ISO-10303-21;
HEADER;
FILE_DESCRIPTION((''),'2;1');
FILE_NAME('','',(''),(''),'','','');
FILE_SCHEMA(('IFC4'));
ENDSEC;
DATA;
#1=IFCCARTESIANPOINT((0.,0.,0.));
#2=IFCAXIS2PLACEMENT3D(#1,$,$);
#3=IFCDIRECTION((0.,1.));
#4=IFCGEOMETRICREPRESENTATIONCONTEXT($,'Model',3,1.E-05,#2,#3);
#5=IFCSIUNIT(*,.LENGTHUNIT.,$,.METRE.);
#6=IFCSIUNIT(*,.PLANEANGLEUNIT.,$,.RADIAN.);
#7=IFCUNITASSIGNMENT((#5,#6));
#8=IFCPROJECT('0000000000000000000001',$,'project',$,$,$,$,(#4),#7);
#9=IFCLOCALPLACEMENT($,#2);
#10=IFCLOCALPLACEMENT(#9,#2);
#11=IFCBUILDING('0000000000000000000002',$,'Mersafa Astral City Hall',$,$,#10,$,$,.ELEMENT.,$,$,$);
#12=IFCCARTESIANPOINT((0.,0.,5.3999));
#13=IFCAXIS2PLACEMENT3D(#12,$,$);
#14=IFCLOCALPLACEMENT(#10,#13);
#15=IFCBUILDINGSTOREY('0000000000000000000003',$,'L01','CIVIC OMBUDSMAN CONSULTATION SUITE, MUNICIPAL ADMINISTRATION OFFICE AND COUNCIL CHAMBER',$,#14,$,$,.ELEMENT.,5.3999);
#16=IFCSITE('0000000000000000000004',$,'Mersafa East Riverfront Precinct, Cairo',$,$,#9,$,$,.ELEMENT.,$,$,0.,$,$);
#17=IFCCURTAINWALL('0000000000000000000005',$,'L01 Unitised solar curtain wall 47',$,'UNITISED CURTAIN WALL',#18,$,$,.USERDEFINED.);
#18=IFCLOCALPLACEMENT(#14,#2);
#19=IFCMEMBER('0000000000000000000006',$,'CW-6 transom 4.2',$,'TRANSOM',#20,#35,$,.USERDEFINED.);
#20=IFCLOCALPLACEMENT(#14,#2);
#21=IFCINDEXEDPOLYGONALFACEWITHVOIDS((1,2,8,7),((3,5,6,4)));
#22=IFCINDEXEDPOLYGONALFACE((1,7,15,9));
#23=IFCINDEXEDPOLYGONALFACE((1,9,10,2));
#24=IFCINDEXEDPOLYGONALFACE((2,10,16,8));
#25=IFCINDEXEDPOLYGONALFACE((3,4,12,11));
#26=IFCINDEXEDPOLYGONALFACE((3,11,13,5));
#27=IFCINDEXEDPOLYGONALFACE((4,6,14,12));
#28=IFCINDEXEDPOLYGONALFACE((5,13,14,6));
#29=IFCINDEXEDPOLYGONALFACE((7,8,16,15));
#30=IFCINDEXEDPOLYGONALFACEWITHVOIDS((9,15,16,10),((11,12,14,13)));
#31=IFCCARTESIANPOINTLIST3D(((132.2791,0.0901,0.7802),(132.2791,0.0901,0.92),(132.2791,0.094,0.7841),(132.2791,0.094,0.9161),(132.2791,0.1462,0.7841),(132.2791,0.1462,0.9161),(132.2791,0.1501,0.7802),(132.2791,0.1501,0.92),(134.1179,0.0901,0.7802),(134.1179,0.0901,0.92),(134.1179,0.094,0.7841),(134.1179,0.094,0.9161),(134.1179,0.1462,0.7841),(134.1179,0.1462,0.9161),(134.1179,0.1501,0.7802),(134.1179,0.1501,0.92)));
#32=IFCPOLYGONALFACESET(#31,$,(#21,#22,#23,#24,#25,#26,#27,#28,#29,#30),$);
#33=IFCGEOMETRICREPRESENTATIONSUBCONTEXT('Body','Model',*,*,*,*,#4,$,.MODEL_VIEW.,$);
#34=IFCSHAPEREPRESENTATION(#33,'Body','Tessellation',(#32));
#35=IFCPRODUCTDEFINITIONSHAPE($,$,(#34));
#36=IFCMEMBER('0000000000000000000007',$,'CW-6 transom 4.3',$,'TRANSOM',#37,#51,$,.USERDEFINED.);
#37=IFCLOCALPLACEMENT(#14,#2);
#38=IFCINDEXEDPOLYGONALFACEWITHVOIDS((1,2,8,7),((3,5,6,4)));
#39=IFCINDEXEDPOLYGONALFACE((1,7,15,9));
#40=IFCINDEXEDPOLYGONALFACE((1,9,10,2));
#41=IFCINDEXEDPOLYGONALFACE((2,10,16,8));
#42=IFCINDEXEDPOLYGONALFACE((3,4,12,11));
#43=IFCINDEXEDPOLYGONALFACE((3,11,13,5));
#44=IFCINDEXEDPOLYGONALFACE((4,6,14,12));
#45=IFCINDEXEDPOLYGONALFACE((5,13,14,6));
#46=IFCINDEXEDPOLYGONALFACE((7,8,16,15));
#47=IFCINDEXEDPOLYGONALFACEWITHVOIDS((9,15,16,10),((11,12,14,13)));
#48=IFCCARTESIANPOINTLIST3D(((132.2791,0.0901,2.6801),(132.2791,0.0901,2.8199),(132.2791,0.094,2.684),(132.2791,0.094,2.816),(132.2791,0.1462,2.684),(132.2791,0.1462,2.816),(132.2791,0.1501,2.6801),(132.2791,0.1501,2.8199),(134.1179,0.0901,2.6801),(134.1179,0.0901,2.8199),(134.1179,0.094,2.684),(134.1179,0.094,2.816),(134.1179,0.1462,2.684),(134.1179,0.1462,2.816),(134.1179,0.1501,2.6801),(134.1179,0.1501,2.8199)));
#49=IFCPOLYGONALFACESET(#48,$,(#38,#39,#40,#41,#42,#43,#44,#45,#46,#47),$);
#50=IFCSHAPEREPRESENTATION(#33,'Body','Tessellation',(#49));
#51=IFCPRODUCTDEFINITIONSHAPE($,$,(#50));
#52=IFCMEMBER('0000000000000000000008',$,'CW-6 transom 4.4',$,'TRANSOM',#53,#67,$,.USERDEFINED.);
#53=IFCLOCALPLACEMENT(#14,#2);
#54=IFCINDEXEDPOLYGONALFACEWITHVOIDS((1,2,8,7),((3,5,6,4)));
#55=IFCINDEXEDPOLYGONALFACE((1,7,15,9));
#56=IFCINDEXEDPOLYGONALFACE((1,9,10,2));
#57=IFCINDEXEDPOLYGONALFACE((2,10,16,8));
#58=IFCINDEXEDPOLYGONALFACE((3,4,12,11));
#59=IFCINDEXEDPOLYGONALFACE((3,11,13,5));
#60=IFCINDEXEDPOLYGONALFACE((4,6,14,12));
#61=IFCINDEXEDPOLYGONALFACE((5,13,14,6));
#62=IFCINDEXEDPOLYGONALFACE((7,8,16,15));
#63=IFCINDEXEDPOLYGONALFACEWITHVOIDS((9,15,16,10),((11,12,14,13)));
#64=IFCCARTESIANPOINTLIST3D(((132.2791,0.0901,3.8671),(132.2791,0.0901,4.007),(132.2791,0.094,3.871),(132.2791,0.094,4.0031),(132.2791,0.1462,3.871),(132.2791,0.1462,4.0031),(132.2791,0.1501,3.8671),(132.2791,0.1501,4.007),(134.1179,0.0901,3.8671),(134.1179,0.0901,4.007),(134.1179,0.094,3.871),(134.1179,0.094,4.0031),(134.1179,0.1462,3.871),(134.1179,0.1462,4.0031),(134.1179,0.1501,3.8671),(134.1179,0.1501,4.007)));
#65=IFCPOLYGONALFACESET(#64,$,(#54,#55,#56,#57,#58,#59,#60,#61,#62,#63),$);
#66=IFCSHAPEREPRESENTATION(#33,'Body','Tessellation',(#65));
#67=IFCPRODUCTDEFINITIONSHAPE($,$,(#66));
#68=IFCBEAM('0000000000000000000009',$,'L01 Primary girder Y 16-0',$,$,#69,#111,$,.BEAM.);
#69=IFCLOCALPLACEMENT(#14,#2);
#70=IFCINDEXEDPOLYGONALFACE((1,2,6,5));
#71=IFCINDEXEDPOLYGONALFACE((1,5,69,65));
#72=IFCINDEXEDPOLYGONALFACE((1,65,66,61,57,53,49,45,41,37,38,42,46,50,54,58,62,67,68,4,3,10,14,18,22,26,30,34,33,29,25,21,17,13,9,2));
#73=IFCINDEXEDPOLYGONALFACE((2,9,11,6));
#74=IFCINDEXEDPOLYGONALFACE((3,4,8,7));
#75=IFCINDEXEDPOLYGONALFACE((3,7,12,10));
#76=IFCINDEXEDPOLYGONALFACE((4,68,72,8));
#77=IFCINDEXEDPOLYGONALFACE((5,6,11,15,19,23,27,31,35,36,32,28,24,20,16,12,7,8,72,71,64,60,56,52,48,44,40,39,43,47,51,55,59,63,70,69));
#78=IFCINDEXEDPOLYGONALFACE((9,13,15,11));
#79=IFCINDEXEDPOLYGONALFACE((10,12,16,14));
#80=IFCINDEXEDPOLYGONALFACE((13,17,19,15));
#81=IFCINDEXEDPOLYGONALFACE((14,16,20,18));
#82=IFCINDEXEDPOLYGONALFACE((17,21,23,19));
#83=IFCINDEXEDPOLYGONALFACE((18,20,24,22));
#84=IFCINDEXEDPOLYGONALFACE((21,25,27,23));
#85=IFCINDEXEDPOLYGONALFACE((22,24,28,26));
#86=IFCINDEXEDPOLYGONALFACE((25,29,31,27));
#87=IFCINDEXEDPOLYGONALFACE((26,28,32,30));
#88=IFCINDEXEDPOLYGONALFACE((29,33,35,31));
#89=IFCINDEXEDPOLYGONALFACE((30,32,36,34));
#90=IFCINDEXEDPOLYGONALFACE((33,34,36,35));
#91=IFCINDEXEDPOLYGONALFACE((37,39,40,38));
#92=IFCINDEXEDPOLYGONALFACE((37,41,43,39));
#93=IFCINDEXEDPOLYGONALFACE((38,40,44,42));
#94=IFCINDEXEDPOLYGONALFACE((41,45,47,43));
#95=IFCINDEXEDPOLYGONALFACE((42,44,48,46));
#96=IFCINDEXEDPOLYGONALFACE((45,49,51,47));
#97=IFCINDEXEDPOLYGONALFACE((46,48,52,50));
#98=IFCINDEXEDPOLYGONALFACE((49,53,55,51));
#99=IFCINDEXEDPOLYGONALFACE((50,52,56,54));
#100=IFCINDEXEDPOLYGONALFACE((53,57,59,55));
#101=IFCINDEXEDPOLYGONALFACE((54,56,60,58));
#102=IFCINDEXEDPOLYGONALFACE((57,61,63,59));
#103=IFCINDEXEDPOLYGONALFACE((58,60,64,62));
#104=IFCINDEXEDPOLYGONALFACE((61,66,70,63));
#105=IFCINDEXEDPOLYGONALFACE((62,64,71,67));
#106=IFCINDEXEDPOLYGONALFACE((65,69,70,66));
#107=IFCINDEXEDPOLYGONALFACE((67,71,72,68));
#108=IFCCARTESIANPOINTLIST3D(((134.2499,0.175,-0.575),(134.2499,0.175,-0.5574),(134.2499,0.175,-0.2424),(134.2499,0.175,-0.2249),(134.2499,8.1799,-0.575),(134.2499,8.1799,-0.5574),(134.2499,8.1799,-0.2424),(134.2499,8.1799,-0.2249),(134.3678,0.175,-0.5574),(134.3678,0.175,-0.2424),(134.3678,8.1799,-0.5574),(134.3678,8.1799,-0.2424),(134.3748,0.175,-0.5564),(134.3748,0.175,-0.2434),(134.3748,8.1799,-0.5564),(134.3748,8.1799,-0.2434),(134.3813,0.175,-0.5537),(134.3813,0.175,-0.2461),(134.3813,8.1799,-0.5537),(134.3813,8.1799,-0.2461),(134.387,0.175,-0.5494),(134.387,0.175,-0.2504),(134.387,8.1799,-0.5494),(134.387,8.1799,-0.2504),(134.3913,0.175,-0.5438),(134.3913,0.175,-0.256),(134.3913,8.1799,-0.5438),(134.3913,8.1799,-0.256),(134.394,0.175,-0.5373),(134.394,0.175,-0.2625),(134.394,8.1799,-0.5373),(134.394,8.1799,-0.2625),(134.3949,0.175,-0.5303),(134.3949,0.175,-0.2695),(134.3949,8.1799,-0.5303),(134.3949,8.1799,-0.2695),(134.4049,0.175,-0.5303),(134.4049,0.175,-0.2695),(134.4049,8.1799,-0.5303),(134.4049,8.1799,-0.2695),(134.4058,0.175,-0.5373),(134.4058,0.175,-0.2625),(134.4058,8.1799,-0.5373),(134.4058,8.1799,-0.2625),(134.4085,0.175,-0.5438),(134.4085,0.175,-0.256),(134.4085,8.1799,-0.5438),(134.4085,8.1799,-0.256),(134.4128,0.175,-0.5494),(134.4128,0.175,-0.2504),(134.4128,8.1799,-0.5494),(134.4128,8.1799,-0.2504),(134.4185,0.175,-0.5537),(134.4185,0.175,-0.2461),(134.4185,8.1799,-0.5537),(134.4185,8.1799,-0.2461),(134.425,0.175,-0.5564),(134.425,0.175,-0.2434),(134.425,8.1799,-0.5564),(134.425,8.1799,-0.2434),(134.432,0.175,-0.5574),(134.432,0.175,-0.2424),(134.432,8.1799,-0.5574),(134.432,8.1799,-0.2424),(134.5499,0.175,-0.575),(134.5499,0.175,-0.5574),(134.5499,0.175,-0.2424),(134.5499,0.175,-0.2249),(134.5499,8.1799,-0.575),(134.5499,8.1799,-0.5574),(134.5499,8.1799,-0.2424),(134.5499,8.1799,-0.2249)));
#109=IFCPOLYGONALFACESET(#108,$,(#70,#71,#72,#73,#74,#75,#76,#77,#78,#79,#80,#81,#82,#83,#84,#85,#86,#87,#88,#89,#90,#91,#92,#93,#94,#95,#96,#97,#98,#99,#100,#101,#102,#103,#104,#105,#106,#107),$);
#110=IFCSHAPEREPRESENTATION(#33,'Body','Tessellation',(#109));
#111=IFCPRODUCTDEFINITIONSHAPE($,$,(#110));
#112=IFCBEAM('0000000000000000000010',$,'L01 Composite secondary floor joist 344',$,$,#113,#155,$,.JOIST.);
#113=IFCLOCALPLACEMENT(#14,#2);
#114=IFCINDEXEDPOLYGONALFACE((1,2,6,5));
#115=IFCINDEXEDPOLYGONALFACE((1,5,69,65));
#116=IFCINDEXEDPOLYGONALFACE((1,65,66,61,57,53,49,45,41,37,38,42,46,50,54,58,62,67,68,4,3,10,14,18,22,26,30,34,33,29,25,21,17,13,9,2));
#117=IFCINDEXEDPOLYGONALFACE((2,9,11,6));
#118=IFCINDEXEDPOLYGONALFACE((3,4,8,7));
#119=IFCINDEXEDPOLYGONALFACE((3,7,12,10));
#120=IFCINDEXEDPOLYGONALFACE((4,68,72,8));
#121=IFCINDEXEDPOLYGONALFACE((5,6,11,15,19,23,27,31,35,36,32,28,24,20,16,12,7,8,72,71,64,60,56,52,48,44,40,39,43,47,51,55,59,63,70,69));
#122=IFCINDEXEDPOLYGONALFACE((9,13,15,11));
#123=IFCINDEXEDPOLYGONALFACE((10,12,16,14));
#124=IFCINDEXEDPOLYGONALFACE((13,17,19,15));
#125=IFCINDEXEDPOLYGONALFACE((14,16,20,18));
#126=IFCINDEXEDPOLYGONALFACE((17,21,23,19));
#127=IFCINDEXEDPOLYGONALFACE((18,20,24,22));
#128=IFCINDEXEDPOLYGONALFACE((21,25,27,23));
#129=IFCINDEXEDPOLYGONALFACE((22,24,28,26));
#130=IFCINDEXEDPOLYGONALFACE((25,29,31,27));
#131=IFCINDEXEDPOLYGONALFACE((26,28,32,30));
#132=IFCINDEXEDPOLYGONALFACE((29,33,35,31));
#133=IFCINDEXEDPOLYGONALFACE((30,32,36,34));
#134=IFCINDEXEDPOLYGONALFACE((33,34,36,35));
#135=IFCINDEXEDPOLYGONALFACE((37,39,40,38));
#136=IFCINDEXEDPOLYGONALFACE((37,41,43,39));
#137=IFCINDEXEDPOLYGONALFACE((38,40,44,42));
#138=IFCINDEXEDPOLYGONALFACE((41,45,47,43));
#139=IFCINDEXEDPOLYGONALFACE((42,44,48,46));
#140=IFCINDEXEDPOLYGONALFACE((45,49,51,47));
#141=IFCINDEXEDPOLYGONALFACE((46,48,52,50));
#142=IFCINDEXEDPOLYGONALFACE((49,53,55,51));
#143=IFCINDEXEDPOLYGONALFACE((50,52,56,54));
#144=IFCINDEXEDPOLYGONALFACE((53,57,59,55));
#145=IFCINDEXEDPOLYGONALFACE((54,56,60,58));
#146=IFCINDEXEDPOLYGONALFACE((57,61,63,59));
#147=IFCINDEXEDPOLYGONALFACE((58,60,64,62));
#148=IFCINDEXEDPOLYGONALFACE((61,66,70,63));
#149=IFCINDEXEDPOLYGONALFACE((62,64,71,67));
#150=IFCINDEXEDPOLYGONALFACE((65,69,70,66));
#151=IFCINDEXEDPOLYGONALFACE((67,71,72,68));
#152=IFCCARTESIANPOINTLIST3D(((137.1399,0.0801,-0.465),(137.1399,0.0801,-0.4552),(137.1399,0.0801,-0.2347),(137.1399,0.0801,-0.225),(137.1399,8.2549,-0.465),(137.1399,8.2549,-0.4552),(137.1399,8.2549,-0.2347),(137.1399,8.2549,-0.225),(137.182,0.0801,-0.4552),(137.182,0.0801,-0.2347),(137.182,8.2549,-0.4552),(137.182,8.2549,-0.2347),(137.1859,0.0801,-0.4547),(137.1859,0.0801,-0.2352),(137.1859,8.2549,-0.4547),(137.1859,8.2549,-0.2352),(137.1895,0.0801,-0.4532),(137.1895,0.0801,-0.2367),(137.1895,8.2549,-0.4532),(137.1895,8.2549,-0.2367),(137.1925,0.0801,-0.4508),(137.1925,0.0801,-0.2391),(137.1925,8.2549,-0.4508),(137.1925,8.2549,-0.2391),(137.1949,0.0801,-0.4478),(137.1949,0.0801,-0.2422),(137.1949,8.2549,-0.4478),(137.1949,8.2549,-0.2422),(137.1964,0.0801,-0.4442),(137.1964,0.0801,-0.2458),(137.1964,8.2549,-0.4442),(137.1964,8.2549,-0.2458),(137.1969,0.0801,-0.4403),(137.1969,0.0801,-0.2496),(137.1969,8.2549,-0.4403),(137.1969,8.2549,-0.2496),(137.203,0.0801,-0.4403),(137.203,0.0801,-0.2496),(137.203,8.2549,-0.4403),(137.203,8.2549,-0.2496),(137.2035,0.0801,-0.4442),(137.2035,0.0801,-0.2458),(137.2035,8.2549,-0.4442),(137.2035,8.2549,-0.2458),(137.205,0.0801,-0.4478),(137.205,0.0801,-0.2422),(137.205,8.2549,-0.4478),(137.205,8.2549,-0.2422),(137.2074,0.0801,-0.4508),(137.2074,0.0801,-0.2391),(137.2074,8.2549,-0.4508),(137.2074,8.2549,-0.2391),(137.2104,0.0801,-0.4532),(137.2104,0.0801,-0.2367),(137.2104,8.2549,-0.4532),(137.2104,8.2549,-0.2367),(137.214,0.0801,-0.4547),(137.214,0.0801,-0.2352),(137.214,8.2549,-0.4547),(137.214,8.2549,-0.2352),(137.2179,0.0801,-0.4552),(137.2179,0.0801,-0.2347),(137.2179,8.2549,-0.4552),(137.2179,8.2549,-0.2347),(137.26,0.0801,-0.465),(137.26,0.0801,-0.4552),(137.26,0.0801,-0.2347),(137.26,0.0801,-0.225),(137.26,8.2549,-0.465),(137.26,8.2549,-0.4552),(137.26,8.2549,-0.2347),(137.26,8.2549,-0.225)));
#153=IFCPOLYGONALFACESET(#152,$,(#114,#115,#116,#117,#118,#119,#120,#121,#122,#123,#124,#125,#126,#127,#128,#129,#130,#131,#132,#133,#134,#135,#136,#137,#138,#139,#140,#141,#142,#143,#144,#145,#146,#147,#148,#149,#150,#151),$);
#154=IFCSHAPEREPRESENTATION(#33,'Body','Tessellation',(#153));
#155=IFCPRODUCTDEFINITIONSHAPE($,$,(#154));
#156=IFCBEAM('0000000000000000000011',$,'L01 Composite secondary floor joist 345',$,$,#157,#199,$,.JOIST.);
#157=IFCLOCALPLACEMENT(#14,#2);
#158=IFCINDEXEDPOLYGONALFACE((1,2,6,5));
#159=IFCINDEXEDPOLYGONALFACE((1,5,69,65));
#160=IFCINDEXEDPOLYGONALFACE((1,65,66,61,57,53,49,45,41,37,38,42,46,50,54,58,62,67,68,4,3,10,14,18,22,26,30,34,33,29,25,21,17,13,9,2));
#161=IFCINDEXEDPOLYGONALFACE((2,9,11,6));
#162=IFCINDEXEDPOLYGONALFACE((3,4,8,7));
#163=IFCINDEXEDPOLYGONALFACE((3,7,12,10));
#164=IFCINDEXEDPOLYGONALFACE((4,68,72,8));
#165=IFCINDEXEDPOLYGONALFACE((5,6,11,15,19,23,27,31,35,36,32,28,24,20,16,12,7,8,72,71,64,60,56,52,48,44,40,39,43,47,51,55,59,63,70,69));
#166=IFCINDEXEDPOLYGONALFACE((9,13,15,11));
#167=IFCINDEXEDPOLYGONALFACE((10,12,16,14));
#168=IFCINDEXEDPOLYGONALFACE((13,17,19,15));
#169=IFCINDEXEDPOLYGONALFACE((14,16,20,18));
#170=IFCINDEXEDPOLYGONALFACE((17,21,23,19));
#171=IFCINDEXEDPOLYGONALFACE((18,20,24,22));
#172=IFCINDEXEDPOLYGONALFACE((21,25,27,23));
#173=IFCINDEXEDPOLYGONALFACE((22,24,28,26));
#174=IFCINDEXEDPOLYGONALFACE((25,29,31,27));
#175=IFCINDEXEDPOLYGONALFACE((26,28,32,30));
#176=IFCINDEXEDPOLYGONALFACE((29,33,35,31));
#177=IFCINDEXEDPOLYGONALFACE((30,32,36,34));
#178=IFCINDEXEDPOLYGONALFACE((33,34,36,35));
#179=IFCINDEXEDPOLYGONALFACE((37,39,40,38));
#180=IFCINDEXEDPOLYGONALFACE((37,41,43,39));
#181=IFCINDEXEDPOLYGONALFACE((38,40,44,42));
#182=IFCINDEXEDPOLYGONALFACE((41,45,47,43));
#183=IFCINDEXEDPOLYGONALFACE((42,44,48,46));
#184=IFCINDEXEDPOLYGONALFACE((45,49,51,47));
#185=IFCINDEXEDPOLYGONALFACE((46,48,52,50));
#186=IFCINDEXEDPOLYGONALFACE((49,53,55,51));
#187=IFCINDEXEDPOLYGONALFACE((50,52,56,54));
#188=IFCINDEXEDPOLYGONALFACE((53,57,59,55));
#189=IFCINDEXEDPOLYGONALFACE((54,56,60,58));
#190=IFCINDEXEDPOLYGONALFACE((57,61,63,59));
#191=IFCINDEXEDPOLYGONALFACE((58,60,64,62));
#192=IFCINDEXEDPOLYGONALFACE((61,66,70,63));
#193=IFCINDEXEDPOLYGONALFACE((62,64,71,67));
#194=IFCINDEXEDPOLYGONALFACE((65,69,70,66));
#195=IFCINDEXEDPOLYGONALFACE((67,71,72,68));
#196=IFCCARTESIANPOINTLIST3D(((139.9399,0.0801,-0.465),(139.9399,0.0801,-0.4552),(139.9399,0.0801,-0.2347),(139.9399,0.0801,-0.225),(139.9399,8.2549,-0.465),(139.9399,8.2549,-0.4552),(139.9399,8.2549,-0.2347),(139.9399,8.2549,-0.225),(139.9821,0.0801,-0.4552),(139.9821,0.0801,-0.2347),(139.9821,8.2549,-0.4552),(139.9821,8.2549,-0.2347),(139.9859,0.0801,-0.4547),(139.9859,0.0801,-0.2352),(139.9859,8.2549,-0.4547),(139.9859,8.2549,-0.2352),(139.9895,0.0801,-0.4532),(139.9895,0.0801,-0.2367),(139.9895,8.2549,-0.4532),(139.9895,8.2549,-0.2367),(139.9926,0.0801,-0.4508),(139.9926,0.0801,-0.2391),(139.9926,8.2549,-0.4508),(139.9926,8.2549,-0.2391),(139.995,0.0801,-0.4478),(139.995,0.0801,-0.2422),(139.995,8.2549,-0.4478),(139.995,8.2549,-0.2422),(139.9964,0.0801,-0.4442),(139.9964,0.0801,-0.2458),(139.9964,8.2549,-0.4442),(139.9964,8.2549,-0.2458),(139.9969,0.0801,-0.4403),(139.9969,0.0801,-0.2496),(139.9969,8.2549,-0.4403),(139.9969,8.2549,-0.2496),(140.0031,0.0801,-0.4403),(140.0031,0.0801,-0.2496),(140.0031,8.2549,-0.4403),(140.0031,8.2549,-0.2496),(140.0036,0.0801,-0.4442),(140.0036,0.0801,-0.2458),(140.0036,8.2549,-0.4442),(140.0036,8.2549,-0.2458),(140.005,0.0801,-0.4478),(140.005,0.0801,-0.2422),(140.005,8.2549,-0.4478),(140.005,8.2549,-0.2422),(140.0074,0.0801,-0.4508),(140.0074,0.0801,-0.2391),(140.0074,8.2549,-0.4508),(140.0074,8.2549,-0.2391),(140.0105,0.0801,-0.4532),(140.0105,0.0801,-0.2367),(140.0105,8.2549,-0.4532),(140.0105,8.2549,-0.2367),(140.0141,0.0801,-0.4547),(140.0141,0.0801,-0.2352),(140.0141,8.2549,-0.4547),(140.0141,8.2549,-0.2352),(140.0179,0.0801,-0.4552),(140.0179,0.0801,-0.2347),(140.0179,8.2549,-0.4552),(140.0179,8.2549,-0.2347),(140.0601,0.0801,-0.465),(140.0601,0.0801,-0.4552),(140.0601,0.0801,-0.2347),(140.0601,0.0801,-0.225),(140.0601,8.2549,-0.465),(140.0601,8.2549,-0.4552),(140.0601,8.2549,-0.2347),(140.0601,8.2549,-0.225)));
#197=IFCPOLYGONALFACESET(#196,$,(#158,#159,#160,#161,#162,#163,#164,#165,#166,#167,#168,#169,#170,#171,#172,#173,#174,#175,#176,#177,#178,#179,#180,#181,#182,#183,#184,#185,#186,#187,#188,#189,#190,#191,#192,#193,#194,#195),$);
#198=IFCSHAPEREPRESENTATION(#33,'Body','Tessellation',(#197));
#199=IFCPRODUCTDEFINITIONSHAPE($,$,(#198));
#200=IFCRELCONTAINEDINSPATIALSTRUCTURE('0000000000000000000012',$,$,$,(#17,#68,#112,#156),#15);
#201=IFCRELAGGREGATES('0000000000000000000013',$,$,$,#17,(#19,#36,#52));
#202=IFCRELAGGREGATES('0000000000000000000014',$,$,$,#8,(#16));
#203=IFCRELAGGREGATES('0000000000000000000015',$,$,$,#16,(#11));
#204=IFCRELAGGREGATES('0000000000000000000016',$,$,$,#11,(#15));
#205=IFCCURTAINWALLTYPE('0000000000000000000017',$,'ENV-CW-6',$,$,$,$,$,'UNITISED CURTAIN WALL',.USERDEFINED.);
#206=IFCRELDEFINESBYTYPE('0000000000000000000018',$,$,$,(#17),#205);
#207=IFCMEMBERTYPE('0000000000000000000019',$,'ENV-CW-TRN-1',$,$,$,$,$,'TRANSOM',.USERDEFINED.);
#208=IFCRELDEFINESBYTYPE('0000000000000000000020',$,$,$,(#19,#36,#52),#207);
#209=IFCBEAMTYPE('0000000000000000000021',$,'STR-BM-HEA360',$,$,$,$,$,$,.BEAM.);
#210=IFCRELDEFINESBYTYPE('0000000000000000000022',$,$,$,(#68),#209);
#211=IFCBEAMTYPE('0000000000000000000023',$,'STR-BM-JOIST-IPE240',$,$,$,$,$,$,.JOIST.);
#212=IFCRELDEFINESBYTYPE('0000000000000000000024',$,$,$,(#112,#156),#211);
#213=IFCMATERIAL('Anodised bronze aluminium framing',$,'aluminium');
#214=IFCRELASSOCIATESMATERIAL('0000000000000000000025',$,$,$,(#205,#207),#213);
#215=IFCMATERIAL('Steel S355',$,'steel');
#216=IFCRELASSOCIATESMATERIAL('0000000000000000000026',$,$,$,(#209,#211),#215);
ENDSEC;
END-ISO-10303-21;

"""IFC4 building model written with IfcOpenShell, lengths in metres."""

from ifc_helpers import new_model, si_unit, direction, frame, origin, origin_2d, place, context, subcontext, project, spatial, hollow_rectangle, i_section, extrude, material, material_profile, profile_set, type_object, element, aggregate, save


model = new_model("IFC4")

# Units and contexts
model_context = context("Model", 3, precision=1e-05, world=origin(), true_north=direction((0.0, 1.0)))
body_context = subcontext(model_context, "Body", "Model", "MODEL_VIEW")
ifc_project = project(units=[si_unit("LENGTHUNIT", "METRE"), si_unit("PLANEANGLEUNIT", "RADIAN")], contexts=[model_context])

# Site, building, storey
site_placement = place(None, origin())
site = spatial("IfcSite", under=ifc_project, at=site_placement, Name="Mersafa East Riverfront Precinct, Cairo", CompositionType="ELEMENT", RefElevation=0.0)
building_placement = place(site_placement, origin())
building = spatial("IfcBuilding", under=site, at=building_placement, Name="Mersafa Astral City Hall", CompositionType="ELEMENT")
storey_placement = place(building_placement, frame((0.0, 0.0, 5.3999)))
storey = spatial("IfcBuildingStorey", under=building, at=storey_placement, Name="L01", Description="CIVIC OMBUDSMAN CONSULTATION SUITE, MUNICIPAL ADMINISTRATION OFFICE AND COUNCIL CHAMBER", CompositionType="ELEMENT", Elevation=5.3999)

# Shared definitions
ifc_material_1 = material(Name="Steel S355", Category="steel")

# Curtain wall, members
ifc_material_2 = material(Name="Anodised bronze aluminium framing", Category="aluminium")
curtain_wall_type = type_object("IfcCurtainWallType", Name="ENV-CW-6", ElementType="UNITISED CURTAIN WALL", PredefinedType="USERDEFINED", material=ifc_material_2)
curtain_wall_placement = place(storey_placement, origin())
curtain_wall = element("IfcCurtainWall", 1, at=curtain_wall_placement, inside=storey, type_object=curtain_wall_type, Name="L01 Unitised solar curtain wall 47", ObjectType="UNITISED CURTAIN WALL", PredefinedType="USERDEFINED")
ifc_material_profile_1 = material_profile(ifc_material_2, hollow_rectangle(XDim=0.0601, YDim=0.1399, WallThickness=0.0039, at=origin_2d()), Name="RHS 60x140x4")
ifc_profile_set_1 = profile_set([ifc_material_profile_1], Name="Anodised bronze aluminium framing")
member_type_1 = type_object("IfcMemberType", Name="ENV-CW-TRN-1", ElementType="TRANSOM", PredefinedType="USERDEFINED", material=ifc_profile_set_1)
member_1_placement = place(storey_placement, frame((132.2791, 0.1201, 0.8501), z_axis=(1.0, 0.0, 0.0), x_axis=(0.0, 1.0, 0.0)))
member_1 = element("IfcMember", 2, at=member_1_placement, type_object=member_type_1, Name="CW-6 transom 4.2", ObjectType="TRANSOM", PredefinedType="USERDEFINED", context=body_context, shape_type="SweptSolid", body=[
    extrude(hollow_rectangle(XDim=0.0601, YDim=0.1399, WallThickness=0.0039, at=origin_2d()), origin(), (0.0, 0.0, 1.0), 1.8389),
])
member_2_placement = place(storey_placement, frame((132.2791, 0.1201, 2.75), z_axis=(1.0, 0.0, 0.0), x_axis=(0.0, 1.0, 0.0)))
member_2 = element("IfcMember", 3, at=member_2_placement, type_object=member_type_1, Name="CW-6 transom 4.3", ObjectType="TRANSOM", PredefinedType="USERDEFINED", context=body_context, shape_type="SweptSolid", body=[
    extrude(hollow_rectangle(XDim=0.0601, YDim=0.1399, WallThickness=0.0039, at=origin_2d()), origin(), (0.0, 0.0, 1.0), 1.8389),
])
member_3_placement = place(storey_placement, frame((132.2791, 0.1201, 3.937), z_axis=(1.0, 0.0, 0.0), x_axis=(0.0, 1.0, 0.0)))
member_3 = element("IfcMember", 4, at=member_3_placement, type_object=member_type_1, Name="CW-6 transom 4.4", ObjectType="TRANSOM", PredefinedType="USERDEFINED", context=body_context, shape_type="SweptSolid", body=[
    extrude(hollow_rectangle(XDim=0.0601, YDim=0.1399, WallThickness=0.0039, at=origin_2d()), origin(), (0.0, 0.0, 1.0), 1.8389),
])

# Beams
ifc_material_profile_2 = material_profile(ifc_material_1, i_section(OverallWidth=0.3, OverallDepth=0.3501, WebThickness=0.01, FlangeThickness=0.0176, FilletRadius=0.0271, at=origin_2d()), Name="HEA 360")
ifc_profile_set_2 = profile_set([ifc_material_profile_2], Name="Steel S355")
beam_type_1 = type_object("IfcBeamType", Name="STR-BM-HEA360", PredefinedType="BEAM", material=ifc_profile_set_2)
beam_1_placement = place(storey_placement, frame((134.3999, 0.175, -0.3999), z_axis=(0.0, 1.0, 0.0), x_axis=(-1.0, 0.0, 0.0)))
element("IfcBeam", 5, at=beam_1_placement, inside=storey, type_object=beam_type_1, Name="L01 Primary girder Y 16-0", PredefinedType="BEAM", context=body_context, shape_type="SweptSolid", body=[
    extrude(i_section(OverallWidth=0.3, OverallDepth=0.3501, WebThickness=0.01, FlangeThickness=0.0176, FilletRadius=0.0271, at=origin_2d()), origin(), (0.0, 0.0, 1.0), 8.0049),
])
ifc_material_profile_3 = material_profile(ifc_material_1, i_section(OverallWidth=0.1201, OverallDepth=0.24, WebThickness=0.0061, FlangeThickness=0.0098, FilletRadius=0.0149, at=origin_2d()), Name="IPE 240")
ifc_profile_set_3 = profile_set([ifc_material_profile_3], Name="Steel S355")
beam_type_2 = type_object("IfcBeamType", Name="STR-BM-JOIST-IPE240", PredefinedType="JOIST", material=ifc_profile_set_3)
for number, where, z_axis, x_axis, name in (
    (6, (137.2, 0.0801, -0.345), (0.0, 1.0, 0.0), (-1.0, 0.0, 0.0), "L01 Composite secondary floor joist 344"),
    (7, (140.0, 0.0801, -0.345), (0.0, 1.0, 0.0), (-1.0, 0.0, 0.0), "L01 Composite secondary floor joist 345"),
):
    element("IfcBeam", number, at=place(storey_placement, frame(where, z_axis=z_axis, x_axis=x_axis)), inside=storey, type_object=beam_type_2, Name=name, PredefinedType="JOIST", context=body_context, shape_type="SweptSolid", body=[
        extrude(i_section(OverallWidth=0.1201, OverallDepth=0.24, WebThickness=0.0061, FlangeThickness=0.0098, FilletRadius=0.0149, at=origin_2d()), origin(), (0.0, 0.0, 1.0), 8.1748),
    ])

aggregate(curtain_wall, [member_1, member_2, member_3])

save(model, "model.ifc")
